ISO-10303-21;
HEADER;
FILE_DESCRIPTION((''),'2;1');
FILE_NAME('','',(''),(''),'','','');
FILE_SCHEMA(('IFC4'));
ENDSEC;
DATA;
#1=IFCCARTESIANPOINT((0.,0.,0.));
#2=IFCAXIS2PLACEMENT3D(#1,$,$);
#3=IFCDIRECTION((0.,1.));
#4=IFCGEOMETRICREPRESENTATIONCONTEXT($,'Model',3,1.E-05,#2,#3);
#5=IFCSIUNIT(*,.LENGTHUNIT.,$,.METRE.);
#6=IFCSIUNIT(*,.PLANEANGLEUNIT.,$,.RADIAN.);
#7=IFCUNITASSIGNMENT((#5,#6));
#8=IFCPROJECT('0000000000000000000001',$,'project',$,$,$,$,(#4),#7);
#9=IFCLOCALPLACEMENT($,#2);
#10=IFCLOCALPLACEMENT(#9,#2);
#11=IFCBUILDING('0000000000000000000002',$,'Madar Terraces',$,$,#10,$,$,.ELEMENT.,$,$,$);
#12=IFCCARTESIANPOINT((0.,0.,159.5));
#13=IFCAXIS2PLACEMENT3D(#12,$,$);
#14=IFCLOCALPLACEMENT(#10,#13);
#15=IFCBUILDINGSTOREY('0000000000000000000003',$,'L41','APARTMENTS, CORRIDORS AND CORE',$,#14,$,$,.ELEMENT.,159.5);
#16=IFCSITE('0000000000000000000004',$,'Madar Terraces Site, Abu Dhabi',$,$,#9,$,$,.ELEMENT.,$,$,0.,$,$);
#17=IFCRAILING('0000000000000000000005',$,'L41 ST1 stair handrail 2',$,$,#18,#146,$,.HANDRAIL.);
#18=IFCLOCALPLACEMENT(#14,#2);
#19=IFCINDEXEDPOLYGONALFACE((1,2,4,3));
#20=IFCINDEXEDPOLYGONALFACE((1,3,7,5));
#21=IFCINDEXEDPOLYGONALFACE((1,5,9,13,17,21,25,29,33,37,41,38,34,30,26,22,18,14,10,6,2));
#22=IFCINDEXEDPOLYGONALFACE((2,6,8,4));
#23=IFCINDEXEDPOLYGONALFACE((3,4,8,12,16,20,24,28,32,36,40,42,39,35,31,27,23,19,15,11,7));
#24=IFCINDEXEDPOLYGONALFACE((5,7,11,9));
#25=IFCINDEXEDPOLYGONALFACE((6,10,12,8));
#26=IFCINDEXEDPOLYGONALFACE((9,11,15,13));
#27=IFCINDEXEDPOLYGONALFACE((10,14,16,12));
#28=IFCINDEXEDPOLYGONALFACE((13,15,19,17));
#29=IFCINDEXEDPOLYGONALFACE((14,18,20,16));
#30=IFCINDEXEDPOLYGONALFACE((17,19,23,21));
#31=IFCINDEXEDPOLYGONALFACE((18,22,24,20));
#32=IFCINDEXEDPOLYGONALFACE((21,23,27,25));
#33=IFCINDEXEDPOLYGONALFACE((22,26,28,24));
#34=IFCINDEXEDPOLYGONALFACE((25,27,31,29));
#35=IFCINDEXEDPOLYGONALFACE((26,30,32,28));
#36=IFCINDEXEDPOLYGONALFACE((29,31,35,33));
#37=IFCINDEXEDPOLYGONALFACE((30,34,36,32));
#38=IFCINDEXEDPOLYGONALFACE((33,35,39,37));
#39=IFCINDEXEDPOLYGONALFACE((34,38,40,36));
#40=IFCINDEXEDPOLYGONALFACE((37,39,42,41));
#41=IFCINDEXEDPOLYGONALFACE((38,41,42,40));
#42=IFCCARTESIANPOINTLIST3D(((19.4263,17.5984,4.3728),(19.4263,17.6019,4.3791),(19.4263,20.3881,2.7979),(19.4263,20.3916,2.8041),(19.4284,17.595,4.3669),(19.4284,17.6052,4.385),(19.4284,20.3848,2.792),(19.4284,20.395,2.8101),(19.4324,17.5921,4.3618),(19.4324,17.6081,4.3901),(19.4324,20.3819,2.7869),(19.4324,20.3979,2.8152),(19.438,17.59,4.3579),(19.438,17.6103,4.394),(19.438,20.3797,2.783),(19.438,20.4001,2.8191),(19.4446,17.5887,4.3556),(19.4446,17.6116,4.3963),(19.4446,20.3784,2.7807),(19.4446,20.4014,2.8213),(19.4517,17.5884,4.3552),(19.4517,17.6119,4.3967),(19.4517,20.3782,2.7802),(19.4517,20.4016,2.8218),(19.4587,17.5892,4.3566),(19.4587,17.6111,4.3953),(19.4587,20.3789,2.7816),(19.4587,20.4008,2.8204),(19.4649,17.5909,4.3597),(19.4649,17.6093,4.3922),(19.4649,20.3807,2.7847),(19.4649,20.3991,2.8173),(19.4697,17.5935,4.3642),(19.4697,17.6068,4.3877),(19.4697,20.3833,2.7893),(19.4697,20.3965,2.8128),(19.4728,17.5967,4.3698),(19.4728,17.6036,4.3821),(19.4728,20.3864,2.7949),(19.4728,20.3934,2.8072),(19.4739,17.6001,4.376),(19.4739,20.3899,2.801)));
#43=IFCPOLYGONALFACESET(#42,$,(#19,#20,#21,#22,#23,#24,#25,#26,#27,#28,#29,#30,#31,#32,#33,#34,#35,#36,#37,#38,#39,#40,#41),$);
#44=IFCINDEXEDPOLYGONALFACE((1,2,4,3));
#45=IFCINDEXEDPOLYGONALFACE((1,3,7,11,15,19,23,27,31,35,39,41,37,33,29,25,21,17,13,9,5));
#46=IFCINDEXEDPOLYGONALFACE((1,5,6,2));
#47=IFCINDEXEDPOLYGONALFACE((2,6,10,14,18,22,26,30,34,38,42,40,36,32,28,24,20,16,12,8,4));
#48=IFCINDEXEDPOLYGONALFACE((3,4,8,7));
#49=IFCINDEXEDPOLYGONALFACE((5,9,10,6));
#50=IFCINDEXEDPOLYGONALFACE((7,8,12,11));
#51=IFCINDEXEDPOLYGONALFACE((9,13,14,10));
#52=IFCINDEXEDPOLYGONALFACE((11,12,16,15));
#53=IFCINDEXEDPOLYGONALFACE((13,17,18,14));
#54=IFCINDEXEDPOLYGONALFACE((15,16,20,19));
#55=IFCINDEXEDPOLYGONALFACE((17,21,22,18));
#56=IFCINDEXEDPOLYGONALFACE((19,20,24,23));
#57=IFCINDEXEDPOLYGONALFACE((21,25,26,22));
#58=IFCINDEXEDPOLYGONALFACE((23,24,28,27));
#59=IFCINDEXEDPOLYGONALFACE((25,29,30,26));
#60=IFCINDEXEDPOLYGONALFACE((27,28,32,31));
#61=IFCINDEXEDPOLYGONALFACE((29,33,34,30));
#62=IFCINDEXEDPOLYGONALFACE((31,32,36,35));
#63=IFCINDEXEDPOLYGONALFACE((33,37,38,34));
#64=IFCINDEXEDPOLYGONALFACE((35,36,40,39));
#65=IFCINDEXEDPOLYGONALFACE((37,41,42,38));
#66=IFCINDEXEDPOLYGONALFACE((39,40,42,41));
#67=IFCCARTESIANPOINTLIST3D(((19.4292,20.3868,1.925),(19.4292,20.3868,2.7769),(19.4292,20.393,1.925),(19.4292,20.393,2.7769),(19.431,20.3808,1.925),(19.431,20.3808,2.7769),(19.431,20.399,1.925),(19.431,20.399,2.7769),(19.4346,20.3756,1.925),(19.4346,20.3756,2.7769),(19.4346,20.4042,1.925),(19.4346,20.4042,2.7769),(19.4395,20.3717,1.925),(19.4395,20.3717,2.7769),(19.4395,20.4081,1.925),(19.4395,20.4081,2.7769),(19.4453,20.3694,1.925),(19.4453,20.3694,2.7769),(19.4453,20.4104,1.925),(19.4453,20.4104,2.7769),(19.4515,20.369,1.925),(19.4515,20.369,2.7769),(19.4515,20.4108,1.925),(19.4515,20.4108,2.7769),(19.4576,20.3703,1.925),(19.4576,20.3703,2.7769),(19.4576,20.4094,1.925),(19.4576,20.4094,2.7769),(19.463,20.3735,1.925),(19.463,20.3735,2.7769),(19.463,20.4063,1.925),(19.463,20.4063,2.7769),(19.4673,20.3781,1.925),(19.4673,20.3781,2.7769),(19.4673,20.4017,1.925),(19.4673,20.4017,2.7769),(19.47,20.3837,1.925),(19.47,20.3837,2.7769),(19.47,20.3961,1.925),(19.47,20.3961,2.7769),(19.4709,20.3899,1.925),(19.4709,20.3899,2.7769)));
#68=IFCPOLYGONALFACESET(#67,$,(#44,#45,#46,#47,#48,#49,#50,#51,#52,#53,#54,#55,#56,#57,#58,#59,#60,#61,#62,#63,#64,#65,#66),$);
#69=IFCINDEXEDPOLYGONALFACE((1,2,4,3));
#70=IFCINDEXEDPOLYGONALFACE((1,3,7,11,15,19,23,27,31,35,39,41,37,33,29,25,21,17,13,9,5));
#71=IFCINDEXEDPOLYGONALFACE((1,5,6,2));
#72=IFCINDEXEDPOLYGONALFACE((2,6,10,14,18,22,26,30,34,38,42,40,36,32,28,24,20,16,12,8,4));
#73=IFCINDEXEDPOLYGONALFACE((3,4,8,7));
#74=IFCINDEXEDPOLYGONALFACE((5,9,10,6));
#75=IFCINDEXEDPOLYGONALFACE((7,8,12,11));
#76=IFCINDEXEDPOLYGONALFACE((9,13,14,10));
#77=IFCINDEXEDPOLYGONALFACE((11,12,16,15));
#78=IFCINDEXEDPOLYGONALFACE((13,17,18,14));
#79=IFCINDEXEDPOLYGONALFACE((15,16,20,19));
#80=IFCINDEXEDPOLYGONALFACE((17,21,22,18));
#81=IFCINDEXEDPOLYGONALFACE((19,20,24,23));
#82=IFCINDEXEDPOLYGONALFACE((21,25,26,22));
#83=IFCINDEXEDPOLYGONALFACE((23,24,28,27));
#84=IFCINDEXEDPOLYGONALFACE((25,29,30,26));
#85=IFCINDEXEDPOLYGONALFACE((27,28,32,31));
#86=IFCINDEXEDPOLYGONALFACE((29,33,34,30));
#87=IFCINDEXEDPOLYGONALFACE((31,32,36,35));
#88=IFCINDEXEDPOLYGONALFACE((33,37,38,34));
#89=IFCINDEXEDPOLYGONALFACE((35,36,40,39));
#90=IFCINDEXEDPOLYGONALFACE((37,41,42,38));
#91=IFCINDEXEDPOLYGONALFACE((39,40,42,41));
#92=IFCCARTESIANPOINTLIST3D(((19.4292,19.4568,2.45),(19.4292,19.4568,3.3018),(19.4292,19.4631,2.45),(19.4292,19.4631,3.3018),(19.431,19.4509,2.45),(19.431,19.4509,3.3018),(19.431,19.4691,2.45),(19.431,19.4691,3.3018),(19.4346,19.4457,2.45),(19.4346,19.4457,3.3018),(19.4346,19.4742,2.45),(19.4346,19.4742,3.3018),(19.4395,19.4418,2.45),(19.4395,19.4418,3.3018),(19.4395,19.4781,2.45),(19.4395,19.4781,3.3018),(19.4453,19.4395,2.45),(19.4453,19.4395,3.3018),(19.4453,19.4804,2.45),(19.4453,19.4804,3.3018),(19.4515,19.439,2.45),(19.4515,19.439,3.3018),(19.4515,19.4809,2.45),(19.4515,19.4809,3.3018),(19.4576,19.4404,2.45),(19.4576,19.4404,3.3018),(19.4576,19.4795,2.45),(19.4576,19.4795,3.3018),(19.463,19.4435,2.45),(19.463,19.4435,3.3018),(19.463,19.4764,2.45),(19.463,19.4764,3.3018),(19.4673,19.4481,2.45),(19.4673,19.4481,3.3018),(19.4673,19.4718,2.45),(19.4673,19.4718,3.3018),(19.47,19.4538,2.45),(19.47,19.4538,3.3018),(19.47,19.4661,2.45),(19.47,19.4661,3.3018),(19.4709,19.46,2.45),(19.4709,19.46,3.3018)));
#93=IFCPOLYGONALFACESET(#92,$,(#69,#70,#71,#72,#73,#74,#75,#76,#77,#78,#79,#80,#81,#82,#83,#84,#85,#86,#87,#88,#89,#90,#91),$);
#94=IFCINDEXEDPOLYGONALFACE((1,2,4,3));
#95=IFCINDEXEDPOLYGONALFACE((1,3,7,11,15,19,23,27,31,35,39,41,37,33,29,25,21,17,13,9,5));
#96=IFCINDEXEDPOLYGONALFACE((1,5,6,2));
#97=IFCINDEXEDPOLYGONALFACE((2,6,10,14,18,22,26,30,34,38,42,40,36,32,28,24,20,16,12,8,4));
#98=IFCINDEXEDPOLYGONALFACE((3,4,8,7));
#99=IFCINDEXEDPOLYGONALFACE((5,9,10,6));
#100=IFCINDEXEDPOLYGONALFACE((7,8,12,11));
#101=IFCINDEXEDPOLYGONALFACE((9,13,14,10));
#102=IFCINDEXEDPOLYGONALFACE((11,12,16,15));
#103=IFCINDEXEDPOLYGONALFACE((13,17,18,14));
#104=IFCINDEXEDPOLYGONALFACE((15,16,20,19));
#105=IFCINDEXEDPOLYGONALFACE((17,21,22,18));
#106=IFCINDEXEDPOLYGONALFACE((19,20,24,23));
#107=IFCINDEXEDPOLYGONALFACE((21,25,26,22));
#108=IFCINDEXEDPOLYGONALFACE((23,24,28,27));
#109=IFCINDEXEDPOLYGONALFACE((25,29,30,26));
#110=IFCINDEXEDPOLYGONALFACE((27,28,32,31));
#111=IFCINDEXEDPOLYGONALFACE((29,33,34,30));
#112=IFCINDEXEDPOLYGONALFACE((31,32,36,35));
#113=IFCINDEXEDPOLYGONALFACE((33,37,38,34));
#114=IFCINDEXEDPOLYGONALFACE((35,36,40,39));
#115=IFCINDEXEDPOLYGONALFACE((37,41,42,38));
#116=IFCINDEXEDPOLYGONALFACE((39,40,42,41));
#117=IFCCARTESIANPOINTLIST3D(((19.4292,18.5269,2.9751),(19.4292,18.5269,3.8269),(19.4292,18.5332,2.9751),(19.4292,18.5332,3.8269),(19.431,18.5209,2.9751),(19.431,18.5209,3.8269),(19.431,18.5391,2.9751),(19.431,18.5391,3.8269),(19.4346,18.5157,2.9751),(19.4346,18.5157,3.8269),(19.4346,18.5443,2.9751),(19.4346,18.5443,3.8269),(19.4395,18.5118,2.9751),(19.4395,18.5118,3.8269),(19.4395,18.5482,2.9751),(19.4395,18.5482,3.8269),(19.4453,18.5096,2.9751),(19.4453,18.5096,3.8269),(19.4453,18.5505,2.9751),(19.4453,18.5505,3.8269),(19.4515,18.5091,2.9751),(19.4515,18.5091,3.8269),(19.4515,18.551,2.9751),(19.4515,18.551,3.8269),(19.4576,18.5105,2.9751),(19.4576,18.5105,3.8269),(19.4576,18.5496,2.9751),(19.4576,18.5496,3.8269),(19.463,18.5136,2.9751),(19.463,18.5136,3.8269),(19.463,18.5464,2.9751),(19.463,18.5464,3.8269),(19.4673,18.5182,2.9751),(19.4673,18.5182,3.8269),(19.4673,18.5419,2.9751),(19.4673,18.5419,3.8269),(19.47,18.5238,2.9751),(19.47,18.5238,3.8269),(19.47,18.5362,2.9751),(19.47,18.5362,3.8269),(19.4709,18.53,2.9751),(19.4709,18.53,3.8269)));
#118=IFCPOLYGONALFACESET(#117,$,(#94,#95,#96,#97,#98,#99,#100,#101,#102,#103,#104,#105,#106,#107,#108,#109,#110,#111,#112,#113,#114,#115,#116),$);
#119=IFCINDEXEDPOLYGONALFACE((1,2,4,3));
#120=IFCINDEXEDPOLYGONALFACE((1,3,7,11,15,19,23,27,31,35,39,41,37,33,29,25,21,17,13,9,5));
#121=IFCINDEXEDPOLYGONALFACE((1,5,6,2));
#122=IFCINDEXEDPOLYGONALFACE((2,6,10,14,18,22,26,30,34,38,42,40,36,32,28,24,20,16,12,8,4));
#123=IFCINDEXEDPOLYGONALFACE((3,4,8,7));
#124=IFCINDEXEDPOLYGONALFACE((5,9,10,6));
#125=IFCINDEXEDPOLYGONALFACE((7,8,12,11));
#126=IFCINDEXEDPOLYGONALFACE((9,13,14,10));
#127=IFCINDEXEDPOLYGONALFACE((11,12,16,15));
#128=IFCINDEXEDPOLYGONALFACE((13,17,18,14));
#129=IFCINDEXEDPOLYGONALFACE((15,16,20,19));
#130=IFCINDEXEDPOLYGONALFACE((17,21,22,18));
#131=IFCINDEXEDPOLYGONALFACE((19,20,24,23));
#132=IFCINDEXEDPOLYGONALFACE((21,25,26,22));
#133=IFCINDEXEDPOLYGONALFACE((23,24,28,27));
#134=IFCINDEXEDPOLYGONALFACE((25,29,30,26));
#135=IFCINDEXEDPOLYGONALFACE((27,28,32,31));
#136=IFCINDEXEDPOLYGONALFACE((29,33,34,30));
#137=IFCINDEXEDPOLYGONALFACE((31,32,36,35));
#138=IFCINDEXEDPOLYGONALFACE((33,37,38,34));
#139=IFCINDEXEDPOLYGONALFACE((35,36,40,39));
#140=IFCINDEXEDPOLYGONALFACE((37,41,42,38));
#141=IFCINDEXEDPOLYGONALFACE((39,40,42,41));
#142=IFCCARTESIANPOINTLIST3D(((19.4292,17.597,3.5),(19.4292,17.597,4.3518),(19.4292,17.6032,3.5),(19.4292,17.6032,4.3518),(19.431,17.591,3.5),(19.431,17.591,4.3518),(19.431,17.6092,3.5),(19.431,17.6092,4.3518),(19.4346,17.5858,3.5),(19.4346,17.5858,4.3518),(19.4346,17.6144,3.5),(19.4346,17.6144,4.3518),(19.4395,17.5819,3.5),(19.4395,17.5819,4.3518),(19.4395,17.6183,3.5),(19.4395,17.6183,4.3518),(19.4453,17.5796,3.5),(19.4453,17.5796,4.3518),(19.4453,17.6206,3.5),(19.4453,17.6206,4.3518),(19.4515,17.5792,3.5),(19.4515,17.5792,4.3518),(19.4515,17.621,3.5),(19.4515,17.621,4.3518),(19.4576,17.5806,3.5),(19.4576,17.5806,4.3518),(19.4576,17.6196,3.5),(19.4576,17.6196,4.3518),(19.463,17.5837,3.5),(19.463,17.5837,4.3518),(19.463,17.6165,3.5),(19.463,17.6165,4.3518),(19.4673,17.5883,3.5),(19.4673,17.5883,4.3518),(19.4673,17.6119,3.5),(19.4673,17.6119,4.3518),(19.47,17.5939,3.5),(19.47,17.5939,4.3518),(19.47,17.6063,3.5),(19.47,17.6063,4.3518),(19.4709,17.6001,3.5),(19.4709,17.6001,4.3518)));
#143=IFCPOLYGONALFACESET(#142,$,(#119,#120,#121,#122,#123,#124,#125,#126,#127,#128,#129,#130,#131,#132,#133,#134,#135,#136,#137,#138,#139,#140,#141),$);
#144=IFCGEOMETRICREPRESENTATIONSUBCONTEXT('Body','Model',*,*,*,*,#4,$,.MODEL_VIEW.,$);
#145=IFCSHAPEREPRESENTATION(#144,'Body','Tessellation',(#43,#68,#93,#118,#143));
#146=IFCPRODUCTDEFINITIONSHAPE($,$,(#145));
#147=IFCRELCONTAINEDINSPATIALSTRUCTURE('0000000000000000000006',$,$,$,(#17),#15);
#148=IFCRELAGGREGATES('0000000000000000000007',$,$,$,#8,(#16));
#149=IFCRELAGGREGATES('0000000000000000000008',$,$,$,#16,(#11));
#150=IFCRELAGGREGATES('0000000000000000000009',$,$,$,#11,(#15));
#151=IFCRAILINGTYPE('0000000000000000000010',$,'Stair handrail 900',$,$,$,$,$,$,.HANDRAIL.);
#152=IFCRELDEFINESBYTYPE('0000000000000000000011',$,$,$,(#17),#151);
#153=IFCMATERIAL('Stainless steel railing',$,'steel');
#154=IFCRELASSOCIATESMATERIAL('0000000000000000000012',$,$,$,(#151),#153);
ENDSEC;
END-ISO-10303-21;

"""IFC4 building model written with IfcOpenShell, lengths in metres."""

from ifc_helpers import new_model, si_unit, direction, frame, origin, origin_2d, place, context, subcontext, project, spatial, circle, extrude, material, type_object, element, save


model = new_model("IFC4")

# Units and contexts
model_context = context("Model", 3, precision=1e-05, world=origin(), true_north=direction((0.0, 1.0)))
body_context = subcontext(model_context, "Body", "Model", "MODEL_VIEW")
ifc_project = project(units=[si_unit("LENGTHUNIT", "METRE"), si_unit("PLANEANGLEUNIT", "RADIAN")], contexts=[model_context])

# Site, building, storey
site_placement = place(None, origin())
site = spatial("IfcSite", under=ifc_project, at=site_placement, Name="Madar Terraces Site, Abu Dhabi", CompositionType="ELEMENT", RefElevation=0.0)
building_placement = place(site_placement, origin())
building = spatial("IfcBuilding", under=site, at=building_placement, Name="Madar Terraces", CompositionType="ELEMENT")
storey_placement = place(building_placement, frame((0.0, 0.0, 159.5)))
storey = spatial("IfcBuildingStorey", under=building, at=storey_placement, Name="L41", Description="APARTMENTS, CORRIDORS AND CORE", CompositionType="ELEMENT", Elevation=159.5)

# Railing
ifc_material_1 = material(Name="Stainless steel railing", Category="steel")
railing_type_1 = type_object("IfcRailingType", Name="Stair handrail 900", PredefinedType="HANDRAIL", material=ifc_material_1)
railing_1_placement = place(storey_placement, frame((19.45, 20.3899, 1.925)))
element("IfcRailing", 1, at=railing_1_placement, inside=storey, type_object=railing_type_1, Name="L41 ST1 stair handrail 2", PredefinedType="HANDRAIL", context=body_context, shape_type="SweptSolid", body=[
    extrude(circle(Radius=0.0239, at=origin_2d()), frame((0.0, 0.0, 0.876), z_axis=(0.0, -0.870815, 0.49161), x_axis=(1.0, 0.0, 0.0)), (0.0, 0.0, 1.0), 3.2036),
    extrude(circle(Radius=0.021, at=origin_2d()), origin(), (0.0, 0.0, 1.0), 0.8518),
    extrude(circle(Radius=0.021, at=origin_2d()), frame((0.0, -0.9299, 0.5249)), (0.0, 0.0, 1.0), 0.8518),
    extrude(circle(Radius=0.021, at=origin_2d()), frame((0.0, -1.8599, 1.05)), (0.0, 0.0, 1.0), 0.8518),
    extrude(circle(Radius=0.021, at=origin_2d()), frame((0.0, -2.7898, 1.575)), (0.0, 0.0, 1.0), 0.8518),
])

save(model, "model.ifc")
